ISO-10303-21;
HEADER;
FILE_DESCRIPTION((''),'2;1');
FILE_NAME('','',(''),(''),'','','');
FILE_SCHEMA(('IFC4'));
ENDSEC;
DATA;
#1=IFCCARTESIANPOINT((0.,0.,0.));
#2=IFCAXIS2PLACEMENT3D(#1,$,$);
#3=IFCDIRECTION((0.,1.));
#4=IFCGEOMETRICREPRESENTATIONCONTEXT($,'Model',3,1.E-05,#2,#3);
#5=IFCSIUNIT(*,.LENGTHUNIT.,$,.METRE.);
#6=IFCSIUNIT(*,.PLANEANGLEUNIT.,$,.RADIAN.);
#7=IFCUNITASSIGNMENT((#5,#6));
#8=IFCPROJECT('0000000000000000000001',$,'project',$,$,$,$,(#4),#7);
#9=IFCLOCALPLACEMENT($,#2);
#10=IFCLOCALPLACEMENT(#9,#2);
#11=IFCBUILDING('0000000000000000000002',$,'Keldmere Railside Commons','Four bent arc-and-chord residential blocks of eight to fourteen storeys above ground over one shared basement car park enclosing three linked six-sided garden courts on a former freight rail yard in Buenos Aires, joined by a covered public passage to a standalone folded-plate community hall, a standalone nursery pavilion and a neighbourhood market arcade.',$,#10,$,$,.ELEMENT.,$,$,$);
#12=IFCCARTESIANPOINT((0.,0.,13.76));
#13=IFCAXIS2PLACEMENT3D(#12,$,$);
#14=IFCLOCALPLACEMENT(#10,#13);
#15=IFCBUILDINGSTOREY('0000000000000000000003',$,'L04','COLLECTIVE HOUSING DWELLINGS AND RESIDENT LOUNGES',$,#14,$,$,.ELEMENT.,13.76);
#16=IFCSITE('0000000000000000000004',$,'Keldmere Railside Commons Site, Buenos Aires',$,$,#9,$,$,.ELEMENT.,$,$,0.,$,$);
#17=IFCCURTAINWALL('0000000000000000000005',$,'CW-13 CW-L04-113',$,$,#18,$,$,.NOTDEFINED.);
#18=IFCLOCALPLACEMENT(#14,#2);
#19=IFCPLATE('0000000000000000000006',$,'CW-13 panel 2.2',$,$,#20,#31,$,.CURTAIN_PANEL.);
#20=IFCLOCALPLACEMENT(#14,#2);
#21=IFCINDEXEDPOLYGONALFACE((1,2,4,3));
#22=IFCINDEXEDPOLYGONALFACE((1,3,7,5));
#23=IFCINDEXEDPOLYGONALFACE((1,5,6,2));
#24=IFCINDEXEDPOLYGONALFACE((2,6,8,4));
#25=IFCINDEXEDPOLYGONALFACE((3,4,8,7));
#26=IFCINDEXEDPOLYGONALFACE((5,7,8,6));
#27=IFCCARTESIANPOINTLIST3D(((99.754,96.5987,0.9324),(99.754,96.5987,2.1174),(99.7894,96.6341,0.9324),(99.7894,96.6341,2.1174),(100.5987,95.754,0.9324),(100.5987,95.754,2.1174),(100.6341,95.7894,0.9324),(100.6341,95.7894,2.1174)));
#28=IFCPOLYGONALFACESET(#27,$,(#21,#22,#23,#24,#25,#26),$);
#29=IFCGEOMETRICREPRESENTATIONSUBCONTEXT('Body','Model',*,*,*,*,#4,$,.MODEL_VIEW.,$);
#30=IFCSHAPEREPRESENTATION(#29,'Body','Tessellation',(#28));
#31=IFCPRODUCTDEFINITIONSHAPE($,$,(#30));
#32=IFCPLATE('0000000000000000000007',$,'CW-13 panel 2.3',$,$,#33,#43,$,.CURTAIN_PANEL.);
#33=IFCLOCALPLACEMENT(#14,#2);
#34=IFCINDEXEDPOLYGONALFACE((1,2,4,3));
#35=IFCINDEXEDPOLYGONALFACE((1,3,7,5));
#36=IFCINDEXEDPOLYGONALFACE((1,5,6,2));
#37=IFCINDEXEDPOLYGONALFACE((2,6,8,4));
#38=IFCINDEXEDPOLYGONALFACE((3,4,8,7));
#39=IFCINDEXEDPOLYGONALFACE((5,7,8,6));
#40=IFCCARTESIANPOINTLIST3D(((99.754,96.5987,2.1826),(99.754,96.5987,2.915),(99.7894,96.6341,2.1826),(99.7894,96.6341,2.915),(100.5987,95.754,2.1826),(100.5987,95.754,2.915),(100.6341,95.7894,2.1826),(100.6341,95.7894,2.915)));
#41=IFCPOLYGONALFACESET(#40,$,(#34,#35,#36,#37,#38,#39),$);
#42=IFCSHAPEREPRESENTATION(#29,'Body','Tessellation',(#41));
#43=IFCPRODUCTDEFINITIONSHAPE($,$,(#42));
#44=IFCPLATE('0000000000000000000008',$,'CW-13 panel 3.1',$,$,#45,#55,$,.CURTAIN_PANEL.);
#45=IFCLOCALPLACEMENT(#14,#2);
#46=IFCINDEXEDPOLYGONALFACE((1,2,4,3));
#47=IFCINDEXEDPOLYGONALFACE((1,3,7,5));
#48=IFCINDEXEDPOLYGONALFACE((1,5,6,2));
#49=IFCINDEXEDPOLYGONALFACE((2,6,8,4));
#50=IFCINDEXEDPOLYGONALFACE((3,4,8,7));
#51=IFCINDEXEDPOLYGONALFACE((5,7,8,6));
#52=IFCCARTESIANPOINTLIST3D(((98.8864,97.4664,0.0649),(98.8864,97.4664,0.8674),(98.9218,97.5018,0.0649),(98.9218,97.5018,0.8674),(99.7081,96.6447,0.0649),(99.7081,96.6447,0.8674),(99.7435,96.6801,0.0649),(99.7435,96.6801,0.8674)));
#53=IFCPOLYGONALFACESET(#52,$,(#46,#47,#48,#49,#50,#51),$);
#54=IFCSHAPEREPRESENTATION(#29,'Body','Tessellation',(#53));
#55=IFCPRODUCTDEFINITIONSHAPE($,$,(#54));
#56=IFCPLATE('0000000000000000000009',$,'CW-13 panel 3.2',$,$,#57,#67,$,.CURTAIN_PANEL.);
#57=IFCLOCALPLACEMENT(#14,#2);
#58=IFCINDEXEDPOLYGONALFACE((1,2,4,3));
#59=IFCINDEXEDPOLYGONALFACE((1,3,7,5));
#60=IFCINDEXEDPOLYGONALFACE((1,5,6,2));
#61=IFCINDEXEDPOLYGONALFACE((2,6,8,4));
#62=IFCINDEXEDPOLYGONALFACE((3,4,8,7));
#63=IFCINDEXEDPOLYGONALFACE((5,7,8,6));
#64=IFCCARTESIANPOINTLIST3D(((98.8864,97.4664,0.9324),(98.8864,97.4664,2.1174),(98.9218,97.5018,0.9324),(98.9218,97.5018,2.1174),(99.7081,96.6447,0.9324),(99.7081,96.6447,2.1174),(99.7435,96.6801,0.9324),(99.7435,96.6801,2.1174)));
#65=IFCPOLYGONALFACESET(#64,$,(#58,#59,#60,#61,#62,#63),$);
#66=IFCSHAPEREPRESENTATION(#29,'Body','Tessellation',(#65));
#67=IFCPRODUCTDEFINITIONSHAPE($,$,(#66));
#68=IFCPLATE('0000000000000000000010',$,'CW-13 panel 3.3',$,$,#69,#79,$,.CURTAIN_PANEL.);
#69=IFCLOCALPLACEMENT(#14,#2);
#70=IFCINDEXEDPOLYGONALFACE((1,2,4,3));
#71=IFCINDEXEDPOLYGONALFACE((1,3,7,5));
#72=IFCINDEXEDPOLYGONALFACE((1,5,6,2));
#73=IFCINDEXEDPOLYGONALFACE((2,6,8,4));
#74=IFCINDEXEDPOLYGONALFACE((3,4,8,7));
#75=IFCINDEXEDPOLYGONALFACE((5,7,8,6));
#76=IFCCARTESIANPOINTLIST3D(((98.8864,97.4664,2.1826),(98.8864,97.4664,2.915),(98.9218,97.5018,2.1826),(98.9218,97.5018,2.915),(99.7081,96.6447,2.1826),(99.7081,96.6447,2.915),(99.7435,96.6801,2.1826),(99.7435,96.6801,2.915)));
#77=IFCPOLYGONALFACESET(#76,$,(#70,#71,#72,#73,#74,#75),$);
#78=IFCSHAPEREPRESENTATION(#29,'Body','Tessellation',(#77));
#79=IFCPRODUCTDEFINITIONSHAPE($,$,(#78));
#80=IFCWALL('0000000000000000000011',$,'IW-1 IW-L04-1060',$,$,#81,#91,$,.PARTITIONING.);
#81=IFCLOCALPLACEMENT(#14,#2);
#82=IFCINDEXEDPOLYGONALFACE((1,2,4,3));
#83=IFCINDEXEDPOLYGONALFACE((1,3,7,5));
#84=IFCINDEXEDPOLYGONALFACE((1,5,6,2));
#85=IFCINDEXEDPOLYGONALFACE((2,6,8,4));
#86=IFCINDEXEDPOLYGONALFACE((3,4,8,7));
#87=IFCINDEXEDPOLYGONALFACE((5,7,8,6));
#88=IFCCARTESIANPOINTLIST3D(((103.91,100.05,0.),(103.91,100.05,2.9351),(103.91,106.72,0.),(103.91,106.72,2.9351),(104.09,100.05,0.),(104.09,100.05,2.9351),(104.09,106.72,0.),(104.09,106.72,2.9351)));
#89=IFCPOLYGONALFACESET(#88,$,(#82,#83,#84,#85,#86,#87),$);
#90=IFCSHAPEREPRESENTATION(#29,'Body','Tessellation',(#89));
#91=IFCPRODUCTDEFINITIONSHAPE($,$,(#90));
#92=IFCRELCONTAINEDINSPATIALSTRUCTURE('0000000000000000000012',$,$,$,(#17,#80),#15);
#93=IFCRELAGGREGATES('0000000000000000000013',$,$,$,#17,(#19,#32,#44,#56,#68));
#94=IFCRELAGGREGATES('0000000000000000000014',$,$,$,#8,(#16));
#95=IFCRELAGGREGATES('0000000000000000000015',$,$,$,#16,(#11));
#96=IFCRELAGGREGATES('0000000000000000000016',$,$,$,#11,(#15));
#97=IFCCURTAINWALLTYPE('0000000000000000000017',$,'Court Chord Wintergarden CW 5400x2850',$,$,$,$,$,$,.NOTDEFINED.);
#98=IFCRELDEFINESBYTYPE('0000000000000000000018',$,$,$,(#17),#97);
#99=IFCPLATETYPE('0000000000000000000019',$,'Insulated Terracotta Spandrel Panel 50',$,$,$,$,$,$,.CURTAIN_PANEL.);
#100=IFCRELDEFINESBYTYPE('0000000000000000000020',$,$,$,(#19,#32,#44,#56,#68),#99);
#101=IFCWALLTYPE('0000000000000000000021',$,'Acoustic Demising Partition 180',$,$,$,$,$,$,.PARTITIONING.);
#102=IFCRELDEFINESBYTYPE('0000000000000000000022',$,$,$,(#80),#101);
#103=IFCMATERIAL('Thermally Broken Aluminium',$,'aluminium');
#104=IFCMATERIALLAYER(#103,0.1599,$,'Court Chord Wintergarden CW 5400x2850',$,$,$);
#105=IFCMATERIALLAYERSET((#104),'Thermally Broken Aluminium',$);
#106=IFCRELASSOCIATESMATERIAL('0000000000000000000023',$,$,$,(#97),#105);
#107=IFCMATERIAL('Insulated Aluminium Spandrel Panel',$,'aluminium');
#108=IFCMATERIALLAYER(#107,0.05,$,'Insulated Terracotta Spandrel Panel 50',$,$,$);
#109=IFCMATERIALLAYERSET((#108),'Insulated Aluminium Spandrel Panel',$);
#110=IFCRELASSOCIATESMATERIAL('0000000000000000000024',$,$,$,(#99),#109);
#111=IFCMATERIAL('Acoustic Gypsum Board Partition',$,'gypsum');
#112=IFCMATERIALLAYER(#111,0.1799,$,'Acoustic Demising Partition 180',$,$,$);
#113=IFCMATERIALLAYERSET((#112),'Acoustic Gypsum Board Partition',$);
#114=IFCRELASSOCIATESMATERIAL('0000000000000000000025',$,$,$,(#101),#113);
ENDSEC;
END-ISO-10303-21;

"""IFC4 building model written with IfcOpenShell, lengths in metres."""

from ifc_helpers import new_model, si_unit, direction, frame, frame_2d, origin, origin_2d, place, context, subcontext, project, spatial, rectangle, extrude, material, layer, layer_set, type_object, element, aggregate, save


model = new_model("IFC4")

# Units and contexts
model_context = context("Model", 3, precision=1e-05, world=origin(), true_north=direction((0.0, 1.0)))
body_context = subcontext(model_context, "Body", "Model", "MODEL_VIEW")
ifc_project = project(units=[si_unit("LENGTHUNIT", "METRE"), si_unit("PLANEANGLEUNIT", "RADIAN")], contexts=[model_context])

# Site, building, storey
site_placement = place(None, origin())
site = spatial("IfcSite", under=ifc_project, at=site_placement, Name="Keldmere Railside Commons Site, Buenos Aires", CompositionType="ELEMENT", RefElevation=0.0)
building_placement = place(site_placement, origin())
building = spatial("IfcBuilding", under=site, at=building_placement, Name="Keldmere Railside Commons", Description="Four bent arc-and-chord residential blocks of eight to fourteen storeys above ground over one shared basement car park enclosing three linked six-sided garden courts on a former freight rail yard in Buenos Aires, joined by a covered public passage to a standalone folded-plate community hall, a standalone nursery pavilion and a neighbourhood market arcade.", CompositionType="ELEMENT")
storey_placement = place(building_placement, frame((0.0, 0.0, 13.76)))
storey = spatial("IfcBuildingStorey", under=building, at=storey_placement, Name="L04", Description="COLLECTIVE HOUSING DWELLINGS AND RESIDENT LOUNGES", CompositionType="ELEMENT", Elevation=13.76)

# Shared definitions
ifc_material_1 = material(Name="Thermally Broken Aluminium", Category="aluminium")

# Curtain wall
ifc_layer_1 = layer(ifc_material_1, 0.1599, Name="Court Chord Wintergarden CW 5400x2850")
ifc_layer_set_1 = layer_set([ifc_layer_1], Name="Thermally Broken Aluminium")
curtain_wall_type_1 = type_object("IfcCurtainWallType", Name="Court Chord Wintergarden CW 5400x2850", PredefinedType="NOTDEFINED", material=ifc_layer_set_1)
curtain_wall_1_placement = place(storey_placement, origin())
curtain_wall_1 = element("IfcCurtainWall", 1, at=curtain_wall_1_placement, inside=storey, type_object=curtain_wall_type_1, Name="CW-13 CW-L04-113", PredefinedType="NOTDEFINED")

# Plates
ifc_material_2 = material(Name="Insulated Aluminium Spandrel Panel", Category="aluminium")
ifc_layer_2 = layer(ifc_material_2, 0.05, Name="Insulated Terracotta Spandrel Panel 50")
ifc_layer_set_2 = layer_set([ifc_layer_2], Name="Insulated Aluminium Spandrel Panel")
plate_type = type_object("IfcPlateType", Name="Insulated Terracotta Spandrel Panel 50", PredefinedType="CURTAIN_PANEL", material=ifc_layer_set_2)
plate_1_placement = place(storey_placement, frame((100.1941, 96.1941, 0.9324), z_axis=(0.0, 0.0, 1.0), x_axis=(-0.707107, 0.707107, 0.0)))
plate_1 = element("IfcPlate", 2, at=plate_1_placement, type_object=plate_type, Name="CW-13 panel 2.2", PredefinedType="CURTAIN_PANEL", context=body_context, shape_type="SweptSolid", body=[
    extrude(rectangle(XDim=1.1946, YDim=0.05, at=origin_2d()), origin(), (0.0, 0.0, 1.0), 1.1851),
])
plate_2_placement = place(storey_placement, frame((100.1941, 96.1941, 2.1826), z_axis=(0.0, 0.0, 1.0), x_axis=(-0.707107, 0.707107, 0.0)))
plate_2 = element("IfcPlate", 3, at=plate_2_placement, type_object=plate_type, Name="CW-13 panel 2.3", PredefinedType="CURTAIN_PANEL", context=body_context, shape_type="SweptSolid", body=[
    extrude(rectangle(XDim=1.1946, YDim=0.05, at=origin_2d()), origin(), (0.0, 0.0, 1.0), 0.7324),
])
plate_3_placement = place(storey_placement, frame((99.3149, 97.0732, 0.0649), z_axis=(0.0, 0.0, 1.0), x_axis=(-0.707107, 0.707107, 0.0)))
plate_3 = element("IfcPlate", 4, at=plate_3_placement, type_object=plate_type, Name="CW-13 panel 3.1", PredefinedType="CURTAIN_PANEL", context=body_context, shape_type="SweptSolid", body=[
    extrude(rectangle(XDim=1.1621, YDim=0.05, at=origin_2d()), origin(), (0.0, 0.0, 1.0), 0.8025),
])
plate_4_placement = place(storey_placement, frame((99.3149, 97.0732, 0.9324), z_axis=(0.0, 0.0, 1.0), x_axis=(-0.707107, 0.707107, 0.0)))
plate_4 = element("IfcPlate", 5, at=plate_4_placement, type_object=plate_type, Name="CW-13 panel 3.2", PredefinedType="CURTAIN_PANEL", context=body_context, shape_type="SweptSolid", body=[
    extrude(rectangle(XDim=1.1621, YDim=0.05, at=origin_2d()), origin(), (0.0, 0.0, 1.0), 1.1851),
])
plate_5_placement = place(storey_placement, frame((99.3149, 97.0732, 2.1826), z_axis=(0.0, 0.0, 1.0), x_axis=(-0.707107, 0.707107, 0.0)))
plate_5 = element("IfcPlate", 6, at=plate_5_placement, type_object=plate_type, Name="CW-13 panel 3.3", PredefinedType="CURTAIN_PANEL", context=body_context, shape_type="SweptSolid", body=[
    extrude(rectangle(XDim=1.1621, YDim=0.05, at=origin_2d()), origin(), (0.0, 0.0, 1.0), 0.7324),
])
aggregate(curtain_wall_1, [plate_1, plate_2, plate_3, plate_4, plate_5])

# Wall
ifc_material_3 = material(Name="Acoustic Gypsum Board Partition", Category="gypsum")
ifc_layer_3 = layer(ifc_material_3, 0.1799, Name="Acoustic Demising Partition 180")
ifc_layer_set_3 = layer_set([ifc_layer_3], Name="Acoustic Gypsum Board Partition")
wall_type = type_object("IfcWallType", Name="Acoustic Demising Partition 180", PredefinedType="PARTITIONING", material=ifc_layer_set_3)
wall_placement = place(storey_placement, frame((104.0, 100.05, 0.0), z_axis=(0.0, 0.0, 1.0), x_axis=(0.0, 1.0, 0.0)))
element("IfcWall", 7, at=wall_placement, inside=storey, type_object=wall_type, Name="IW-1 IW-L04-1060", PredefinedType="PARTITIONING", context=body_context, shape_type="SweptSolid", body=[
    extrude(rectangle(XDim=6.6699, YDim=0.1799, at=frame_2d((3.335, 0.0))), origin(), (0.0, 0.0, 1.0), 2.9351),
])

save(model, "model.ifc")
